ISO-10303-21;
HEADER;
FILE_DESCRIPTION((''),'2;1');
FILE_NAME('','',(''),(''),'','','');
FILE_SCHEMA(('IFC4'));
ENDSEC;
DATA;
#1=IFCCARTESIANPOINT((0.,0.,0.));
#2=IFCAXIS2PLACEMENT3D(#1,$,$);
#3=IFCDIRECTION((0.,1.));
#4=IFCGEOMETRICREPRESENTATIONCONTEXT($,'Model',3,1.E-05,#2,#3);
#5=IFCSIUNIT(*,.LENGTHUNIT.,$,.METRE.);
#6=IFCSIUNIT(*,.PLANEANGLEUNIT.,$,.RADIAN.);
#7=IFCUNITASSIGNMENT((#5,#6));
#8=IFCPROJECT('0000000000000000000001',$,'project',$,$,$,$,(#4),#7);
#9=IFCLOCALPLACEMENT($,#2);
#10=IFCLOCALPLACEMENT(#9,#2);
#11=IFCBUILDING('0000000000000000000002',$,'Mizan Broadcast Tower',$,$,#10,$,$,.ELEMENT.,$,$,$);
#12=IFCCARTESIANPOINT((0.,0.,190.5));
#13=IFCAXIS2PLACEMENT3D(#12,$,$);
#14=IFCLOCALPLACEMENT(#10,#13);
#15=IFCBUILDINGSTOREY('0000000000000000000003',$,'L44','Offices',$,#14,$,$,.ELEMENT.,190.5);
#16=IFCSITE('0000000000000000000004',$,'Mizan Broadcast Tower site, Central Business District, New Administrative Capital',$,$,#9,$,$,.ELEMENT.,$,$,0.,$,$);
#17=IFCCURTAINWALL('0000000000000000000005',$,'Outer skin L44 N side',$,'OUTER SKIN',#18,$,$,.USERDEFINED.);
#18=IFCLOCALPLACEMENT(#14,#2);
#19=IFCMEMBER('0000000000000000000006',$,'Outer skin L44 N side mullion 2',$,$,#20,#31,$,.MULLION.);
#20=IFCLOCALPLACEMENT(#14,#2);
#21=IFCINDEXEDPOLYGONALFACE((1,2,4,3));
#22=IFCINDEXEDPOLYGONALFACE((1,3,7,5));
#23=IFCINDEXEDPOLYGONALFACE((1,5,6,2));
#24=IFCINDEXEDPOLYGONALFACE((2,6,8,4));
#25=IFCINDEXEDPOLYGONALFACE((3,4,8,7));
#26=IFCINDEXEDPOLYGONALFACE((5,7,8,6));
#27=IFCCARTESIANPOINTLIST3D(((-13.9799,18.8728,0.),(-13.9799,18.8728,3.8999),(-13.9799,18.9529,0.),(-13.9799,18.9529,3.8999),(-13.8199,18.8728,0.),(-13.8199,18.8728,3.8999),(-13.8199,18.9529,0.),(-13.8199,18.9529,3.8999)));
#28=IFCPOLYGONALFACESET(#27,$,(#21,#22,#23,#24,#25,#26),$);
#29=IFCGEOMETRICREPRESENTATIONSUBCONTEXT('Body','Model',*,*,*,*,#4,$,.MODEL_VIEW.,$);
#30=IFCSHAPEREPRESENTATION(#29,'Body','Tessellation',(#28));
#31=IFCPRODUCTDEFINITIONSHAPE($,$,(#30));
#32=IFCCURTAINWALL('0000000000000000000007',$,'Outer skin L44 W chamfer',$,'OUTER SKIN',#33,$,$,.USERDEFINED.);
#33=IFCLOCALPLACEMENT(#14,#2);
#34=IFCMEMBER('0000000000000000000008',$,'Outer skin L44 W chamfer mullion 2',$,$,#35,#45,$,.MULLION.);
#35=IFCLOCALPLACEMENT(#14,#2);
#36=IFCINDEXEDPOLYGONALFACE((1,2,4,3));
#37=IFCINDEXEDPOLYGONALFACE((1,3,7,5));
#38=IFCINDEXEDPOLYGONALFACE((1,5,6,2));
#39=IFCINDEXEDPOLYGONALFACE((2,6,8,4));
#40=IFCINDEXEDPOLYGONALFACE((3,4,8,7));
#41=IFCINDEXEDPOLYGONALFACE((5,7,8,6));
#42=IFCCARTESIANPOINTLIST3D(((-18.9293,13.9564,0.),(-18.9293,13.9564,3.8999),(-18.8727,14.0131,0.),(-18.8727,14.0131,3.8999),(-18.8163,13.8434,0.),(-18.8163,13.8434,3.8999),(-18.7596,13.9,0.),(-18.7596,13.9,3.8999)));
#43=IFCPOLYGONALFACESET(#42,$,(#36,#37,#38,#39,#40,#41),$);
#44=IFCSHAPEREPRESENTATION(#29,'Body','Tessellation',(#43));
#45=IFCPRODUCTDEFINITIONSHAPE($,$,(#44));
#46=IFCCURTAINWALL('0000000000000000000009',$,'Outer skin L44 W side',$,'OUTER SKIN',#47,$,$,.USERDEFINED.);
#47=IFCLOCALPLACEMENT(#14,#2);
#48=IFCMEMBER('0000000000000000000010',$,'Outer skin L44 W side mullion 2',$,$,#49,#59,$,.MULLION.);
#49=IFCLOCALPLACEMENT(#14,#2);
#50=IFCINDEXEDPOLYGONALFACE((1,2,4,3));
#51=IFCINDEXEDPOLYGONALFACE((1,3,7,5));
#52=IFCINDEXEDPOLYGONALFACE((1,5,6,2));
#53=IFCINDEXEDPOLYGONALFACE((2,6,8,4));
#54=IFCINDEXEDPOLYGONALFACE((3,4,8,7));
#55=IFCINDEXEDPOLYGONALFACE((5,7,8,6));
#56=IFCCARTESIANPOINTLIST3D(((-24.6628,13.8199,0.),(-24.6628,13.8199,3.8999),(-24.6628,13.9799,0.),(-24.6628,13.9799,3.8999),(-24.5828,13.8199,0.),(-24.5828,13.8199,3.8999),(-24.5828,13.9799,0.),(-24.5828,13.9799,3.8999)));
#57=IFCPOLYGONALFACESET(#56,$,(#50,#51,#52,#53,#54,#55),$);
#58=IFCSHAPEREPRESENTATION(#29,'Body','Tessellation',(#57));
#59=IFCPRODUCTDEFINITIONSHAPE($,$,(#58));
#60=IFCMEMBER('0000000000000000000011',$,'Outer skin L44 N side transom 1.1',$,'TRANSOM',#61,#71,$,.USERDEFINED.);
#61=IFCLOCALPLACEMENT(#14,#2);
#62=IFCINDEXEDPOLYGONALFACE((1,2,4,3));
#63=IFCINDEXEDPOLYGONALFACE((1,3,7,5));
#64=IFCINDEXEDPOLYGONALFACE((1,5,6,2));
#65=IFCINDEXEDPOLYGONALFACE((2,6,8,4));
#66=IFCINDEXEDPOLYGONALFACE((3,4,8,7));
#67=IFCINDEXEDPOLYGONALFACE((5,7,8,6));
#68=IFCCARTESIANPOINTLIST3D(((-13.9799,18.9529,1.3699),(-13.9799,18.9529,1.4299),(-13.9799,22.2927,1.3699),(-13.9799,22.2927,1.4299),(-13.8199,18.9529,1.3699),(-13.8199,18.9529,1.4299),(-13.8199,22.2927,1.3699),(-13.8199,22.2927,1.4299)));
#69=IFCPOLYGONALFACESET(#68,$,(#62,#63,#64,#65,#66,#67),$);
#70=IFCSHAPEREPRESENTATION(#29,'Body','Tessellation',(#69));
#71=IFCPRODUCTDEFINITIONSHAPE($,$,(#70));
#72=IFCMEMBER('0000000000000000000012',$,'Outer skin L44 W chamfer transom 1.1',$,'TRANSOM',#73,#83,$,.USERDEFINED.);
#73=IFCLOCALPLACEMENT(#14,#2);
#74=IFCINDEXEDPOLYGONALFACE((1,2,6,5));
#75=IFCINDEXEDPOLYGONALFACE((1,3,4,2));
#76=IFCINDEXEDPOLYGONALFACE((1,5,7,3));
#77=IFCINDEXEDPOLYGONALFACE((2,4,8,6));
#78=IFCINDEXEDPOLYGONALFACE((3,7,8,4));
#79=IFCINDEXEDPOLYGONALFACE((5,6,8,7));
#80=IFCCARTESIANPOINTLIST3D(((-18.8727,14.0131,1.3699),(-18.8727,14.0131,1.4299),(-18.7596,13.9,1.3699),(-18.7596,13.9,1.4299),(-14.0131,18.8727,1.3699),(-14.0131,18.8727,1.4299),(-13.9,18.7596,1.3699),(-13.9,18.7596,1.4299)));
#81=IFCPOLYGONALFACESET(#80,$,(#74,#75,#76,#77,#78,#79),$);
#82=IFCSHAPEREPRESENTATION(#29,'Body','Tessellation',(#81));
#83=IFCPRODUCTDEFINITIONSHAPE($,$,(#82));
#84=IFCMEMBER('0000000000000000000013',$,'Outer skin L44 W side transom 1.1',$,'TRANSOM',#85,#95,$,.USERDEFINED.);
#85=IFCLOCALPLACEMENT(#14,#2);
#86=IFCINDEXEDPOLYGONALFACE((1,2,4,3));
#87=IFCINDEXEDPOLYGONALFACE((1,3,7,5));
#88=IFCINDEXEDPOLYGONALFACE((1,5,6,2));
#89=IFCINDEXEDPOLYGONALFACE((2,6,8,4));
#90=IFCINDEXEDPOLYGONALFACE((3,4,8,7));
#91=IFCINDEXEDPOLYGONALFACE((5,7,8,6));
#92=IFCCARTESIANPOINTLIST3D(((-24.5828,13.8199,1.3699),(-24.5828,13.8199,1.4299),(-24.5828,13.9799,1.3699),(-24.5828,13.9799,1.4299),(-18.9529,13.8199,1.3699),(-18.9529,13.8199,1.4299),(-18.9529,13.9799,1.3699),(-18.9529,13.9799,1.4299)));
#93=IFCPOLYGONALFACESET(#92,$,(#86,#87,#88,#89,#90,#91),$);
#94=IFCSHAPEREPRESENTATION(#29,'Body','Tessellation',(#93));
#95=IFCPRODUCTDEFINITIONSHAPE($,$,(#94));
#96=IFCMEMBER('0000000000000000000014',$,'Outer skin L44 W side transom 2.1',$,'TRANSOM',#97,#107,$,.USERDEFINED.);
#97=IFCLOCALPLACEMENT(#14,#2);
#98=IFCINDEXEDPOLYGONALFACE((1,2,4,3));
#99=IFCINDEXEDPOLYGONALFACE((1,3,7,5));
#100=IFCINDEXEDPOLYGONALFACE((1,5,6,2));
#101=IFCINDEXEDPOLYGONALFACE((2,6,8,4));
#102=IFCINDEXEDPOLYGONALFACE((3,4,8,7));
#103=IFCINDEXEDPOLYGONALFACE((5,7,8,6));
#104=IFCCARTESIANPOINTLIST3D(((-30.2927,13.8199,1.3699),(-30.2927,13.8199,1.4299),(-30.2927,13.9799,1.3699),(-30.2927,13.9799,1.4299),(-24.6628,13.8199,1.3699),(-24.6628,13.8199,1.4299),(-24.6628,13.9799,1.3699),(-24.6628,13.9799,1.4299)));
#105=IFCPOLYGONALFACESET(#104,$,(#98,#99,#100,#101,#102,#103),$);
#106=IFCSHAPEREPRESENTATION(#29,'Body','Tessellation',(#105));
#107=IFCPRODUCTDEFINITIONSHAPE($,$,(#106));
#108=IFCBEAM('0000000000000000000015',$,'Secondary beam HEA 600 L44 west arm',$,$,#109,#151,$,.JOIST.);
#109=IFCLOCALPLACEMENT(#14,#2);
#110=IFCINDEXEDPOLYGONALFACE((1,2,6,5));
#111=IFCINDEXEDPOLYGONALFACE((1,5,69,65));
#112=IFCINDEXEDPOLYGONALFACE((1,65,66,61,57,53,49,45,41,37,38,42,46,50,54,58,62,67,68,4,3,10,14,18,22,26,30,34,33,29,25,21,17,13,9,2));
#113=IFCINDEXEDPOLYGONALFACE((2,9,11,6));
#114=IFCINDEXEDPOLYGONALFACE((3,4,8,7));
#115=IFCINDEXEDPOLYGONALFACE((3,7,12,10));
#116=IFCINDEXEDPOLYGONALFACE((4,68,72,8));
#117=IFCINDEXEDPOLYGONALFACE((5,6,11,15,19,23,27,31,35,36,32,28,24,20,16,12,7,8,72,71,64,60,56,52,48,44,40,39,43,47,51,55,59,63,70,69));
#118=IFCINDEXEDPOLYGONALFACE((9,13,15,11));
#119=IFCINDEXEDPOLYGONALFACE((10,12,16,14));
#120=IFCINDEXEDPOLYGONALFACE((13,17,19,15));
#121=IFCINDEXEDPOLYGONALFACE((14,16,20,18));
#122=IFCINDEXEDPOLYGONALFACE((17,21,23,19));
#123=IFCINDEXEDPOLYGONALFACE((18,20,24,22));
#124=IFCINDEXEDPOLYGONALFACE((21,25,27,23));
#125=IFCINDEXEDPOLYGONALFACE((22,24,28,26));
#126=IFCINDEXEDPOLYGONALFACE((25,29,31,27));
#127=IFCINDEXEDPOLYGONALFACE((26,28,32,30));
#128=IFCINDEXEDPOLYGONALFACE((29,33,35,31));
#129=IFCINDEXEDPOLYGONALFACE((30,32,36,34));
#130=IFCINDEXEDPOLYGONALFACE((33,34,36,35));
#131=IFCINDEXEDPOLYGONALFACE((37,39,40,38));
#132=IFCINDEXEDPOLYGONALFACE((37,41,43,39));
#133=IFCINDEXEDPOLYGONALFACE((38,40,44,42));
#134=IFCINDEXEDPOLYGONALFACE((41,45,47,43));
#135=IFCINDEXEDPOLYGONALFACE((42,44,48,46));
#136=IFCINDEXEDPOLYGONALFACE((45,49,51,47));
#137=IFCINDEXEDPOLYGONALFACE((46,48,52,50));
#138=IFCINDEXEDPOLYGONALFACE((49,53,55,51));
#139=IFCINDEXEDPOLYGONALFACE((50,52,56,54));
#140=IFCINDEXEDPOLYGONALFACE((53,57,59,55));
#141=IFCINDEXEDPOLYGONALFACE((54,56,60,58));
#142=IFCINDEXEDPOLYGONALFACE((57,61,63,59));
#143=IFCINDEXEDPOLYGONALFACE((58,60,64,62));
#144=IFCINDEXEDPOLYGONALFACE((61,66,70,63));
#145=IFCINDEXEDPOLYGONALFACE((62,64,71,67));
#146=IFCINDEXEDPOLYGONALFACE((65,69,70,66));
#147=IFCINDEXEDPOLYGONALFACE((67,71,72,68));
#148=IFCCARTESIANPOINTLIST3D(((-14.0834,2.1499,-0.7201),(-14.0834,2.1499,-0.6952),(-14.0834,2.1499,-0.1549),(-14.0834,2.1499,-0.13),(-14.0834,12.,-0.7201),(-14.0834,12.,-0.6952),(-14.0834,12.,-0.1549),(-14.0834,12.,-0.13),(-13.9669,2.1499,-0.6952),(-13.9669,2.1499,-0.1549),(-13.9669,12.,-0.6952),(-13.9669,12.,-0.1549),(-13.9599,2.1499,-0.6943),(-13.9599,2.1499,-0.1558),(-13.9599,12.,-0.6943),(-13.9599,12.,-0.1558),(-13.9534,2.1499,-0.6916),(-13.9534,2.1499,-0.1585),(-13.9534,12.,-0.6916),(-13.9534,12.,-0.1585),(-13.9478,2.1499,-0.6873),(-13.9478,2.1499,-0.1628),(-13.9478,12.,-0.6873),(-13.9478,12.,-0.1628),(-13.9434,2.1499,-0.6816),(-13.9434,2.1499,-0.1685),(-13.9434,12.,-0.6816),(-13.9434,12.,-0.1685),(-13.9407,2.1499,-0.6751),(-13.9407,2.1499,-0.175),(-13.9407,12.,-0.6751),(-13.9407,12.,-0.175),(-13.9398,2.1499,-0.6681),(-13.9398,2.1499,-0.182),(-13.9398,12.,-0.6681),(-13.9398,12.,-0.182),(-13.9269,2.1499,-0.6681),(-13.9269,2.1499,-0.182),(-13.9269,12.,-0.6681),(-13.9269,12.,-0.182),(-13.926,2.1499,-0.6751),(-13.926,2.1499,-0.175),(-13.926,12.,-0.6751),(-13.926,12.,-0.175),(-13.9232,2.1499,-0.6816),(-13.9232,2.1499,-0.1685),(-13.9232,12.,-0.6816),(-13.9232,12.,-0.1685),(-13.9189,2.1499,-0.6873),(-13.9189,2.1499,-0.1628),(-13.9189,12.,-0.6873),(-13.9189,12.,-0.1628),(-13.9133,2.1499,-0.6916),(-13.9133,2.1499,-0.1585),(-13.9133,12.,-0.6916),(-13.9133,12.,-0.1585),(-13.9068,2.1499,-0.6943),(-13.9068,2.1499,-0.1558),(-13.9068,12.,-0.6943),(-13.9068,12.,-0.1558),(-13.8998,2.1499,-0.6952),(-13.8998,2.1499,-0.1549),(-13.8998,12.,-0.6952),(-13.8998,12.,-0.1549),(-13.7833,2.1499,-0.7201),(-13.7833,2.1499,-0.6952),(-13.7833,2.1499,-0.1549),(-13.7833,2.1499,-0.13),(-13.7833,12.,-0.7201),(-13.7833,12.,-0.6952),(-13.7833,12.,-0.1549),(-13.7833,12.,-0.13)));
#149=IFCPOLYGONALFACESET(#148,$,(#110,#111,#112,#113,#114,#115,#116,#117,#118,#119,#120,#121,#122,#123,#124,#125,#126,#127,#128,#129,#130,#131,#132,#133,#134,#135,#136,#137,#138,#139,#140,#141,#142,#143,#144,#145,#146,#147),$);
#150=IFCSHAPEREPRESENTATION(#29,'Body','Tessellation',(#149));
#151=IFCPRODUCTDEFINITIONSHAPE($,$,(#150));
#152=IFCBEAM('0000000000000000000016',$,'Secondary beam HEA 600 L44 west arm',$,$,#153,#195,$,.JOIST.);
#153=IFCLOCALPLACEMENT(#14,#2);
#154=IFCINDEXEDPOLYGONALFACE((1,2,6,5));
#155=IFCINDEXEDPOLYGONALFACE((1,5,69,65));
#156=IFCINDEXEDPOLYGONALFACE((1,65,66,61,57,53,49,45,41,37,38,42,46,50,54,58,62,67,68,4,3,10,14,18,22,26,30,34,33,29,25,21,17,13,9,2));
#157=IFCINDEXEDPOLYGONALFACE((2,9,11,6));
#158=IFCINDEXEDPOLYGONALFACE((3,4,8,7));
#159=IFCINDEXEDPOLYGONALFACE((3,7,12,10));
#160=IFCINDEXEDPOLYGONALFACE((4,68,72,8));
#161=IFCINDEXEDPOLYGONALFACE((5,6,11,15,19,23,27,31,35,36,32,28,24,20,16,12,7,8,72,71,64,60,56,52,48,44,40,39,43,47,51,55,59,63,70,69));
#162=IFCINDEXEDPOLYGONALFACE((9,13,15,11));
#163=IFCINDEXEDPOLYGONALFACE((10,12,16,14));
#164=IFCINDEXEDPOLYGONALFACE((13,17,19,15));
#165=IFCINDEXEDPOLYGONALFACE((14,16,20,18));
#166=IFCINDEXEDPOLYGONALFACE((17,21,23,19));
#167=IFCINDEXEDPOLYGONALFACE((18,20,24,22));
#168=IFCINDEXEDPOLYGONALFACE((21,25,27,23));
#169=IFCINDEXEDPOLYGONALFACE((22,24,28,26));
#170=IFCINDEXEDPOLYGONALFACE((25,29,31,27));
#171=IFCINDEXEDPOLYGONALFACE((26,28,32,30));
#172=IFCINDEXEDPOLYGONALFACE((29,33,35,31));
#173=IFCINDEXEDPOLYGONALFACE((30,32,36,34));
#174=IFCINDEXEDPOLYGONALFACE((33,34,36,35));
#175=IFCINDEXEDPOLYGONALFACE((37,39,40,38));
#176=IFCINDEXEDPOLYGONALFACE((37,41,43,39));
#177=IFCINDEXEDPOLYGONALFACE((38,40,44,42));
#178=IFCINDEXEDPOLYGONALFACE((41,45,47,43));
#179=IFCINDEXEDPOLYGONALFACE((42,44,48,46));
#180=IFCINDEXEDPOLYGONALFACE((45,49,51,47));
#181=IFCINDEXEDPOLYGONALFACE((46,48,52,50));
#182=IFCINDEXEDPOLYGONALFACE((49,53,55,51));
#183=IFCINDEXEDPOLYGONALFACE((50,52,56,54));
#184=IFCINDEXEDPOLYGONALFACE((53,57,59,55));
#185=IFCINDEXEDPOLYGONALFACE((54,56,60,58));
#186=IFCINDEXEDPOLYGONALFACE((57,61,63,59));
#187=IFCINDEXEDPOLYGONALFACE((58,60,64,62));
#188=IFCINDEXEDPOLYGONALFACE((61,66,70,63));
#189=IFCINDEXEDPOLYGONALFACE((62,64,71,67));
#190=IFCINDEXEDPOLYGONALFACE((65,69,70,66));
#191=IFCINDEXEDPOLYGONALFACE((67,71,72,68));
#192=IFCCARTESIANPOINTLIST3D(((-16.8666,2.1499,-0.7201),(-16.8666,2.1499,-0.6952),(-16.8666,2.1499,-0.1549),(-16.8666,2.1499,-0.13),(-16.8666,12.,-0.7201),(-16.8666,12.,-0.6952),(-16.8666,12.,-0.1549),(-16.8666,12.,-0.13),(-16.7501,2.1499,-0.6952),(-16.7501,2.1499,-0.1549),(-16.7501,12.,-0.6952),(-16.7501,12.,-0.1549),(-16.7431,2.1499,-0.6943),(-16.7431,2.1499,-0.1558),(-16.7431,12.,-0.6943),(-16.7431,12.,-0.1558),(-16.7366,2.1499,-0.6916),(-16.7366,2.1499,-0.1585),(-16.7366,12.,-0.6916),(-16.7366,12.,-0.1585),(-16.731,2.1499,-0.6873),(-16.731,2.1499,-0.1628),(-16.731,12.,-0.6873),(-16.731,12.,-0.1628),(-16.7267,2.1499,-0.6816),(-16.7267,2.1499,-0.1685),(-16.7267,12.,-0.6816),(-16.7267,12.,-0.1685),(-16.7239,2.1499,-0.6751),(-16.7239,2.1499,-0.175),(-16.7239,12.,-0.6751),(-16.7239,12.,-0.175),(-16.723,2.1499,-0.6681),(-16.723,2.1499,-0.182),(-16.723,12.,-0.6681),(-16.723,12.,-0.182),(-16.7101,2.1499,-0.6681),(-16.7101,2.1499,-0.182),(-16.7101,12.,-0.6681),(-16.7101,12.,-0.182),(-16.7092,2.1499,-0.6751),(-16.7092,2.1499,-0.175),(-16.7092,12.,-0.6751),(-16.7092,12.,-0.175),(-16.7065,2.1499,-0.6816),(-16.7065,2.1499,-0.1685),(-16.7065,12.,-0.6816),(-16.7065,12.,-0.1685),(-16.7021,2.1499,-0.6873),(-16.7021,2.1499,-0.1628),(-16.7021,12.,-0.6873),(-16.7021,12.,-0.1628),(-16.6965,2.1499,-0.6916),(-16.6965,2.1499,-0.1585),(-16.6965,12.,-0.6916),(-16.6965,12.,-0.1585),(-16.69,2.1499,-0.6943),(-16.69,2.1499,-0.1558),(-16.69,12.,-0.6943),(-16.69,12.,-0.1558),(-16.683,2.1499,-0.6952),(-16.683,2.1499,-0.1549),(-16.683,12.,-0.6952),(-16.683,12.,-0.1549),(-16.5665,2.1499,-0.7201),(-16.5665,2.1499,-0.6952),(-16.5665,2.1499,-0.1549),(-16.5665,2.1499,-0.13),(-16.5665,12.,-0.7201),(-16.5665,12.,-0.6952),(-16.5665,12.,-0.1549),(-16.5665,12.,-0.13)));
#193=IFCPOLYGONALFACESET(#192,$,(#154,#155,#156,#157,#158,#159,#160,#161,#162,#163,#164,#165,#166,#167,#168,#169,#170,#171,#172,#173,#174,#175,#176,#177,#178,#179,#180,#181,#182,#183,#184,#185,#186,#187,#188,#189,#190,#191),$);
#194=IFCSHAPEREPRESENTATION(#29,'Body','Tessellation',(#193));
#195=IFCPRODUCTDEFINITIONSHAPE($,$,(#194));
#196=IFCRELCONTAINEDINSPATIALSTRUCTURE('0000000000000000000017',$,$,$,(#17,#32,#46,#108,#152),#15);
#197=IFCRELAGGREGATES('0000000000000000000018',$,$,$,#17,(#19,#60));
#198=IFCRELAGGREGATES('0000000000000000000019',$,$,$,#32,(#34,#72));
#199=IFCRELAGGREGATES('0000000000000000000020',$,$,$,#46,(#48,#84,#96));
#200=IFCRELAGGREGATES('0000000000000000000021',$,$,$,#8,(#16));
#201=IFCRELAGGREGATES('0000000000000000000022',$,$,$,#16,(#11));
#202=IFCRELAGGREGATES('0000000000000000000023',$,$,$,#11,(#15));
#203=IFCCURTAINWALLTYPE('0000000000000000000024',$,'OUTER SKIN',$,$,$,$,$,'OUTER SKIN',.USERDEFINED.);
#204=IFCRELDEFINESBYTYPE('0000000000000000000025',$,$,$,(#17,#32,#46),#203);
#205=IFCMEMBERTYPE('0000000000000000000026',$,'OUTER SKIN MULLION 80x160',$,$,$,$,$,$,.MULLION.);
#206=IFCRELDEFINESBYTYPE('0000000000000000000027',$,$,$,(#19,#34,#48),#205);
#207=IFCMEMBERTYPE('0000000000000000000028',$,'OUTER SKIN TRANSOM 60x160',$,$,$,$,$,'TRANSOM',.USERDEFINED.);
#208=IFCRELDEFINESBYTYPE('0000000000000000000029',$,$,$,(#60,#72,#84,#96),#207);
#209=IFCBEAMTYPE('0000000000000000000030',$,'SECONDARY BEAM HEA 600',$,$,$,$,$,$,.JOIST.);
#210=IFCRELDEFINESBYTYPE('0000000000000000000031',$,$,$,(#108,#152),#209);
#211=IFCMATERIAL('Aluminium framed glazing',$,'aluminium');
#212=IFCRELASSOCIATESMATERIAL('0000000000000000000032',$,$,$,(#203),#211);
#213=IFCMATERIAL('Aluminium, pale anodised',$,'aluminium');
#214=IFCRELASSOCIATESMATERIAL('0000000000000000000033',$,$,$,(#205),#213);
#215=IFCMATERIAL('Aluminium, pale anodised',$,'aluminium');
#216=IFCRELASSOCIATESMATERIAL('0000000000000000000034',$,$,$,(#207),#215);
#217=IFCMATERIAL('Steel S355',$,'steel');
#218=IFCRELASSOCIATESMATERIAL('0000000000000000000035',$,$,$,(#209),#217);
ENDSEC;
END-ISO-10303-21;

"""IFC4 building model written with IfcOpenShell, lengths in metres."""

from ifc_helpers import new_model, si_unit, direction, frame, origin, origin_2d, place, context, subcontext, project, spatial, rectangle, i_section, extrude, material, material_profile, profile_set, type_object, element, aggregate, save


model = new_model("IFC4")

# Units and contexts
model_context = context("Model", 3, precision=1e-05, world=origin(), true_north=direction((0.0, 1.0)))
body_context = subcontext(model_context, "Body", "Model", "MODEL_VIEW")
ifc_project = project(units=[si_unit("LENGTHUNIT", "METRE"), si_unit("PLANEANGLEUNIT", "RADIAN")], contexts=[model_context])

# Site, building, storey
site_placement = place(None, origin())
site = spatial("IfcSite", under=ifc_project, at=site_placement, Name="Mizan Broadcast Tower site, Central Business District, New Administrative Capital", CompositionType="ELEMENT", RefElevation=0.0)
building_placement = place(site_placement, origin())
building = spatial("IfcBuilding", under=site, at=building_placement, Name="Mizan Broadcast Tower", CompositionType="ELEMENT")
storey_placement = place(building_placement, frame((0.0, 0.0, 190.5)))
storey = spatial("IfcBuildingStorey", under=building, at=storey_placement, Name="L44", Description="Offices", CompositionType="ELEMENT", Elevation=190.5)

# Curtain walls, members
ifc_material_1 = material(Name="Aluminium framed glazing", Category="aluminium")
curtain_wall_type_1 = type_object("IfcCurtainWallType", Name="OUTER SKIN", ElementType="OUTER SKIN", PredefinedType="USERDEFINED", material=ifc_material_1)
ifc_material_2 = material(Name="Aluminium, pale anodised", Category="aluminium")
ifc_material_profile_1 = material_profile(ifc_material_2, rectangle(XDim=0.1599, YDim=0.0801, at=origin_2d()), Name="MULLION 160x80")
ifc_profile_set_1 = profile_set([ifc_material_profile_1], Name="Aluminium, pale anodised")
member_type_1 = type_object("IfcMemberType", Name="OUTER SKIN MULLION 80x160", PredefinedType="MULLION", material=ifc_profile_set_1)
curtain_wall_1_placement = place(storey_placement, origin())
curtain_wall_1 = element("IfcCurtainWall", 1, at=curtain_wall_1_placement, inside=storey, type_object=curtain_wall_type_1, Name="Outer skin L44 N side", ObjectType="OUTER SKIN", PredefinedType="USERDEFINED")
member_1_placement = place(storey_placement, frame((-13.8999, 18.9128, 0.0), z_axis=(0.0, 0.0, 1.0), x_axis=(1.0, 0.0, 0.0)))
member_1 = element("IfcMember", 2, at=member_1_placement, type_object=member_type_1, Name="Outer skin L44 N side mullion 2", PredefinedType="MULLION", context=body_context, shape_type="SweptSolid", body=[
    extrude(rectangle(XDim=0.1599, YDim=0.0801, at=origin_2d()), origin(), (0.0, 0.0, 1.0), 3.8999),
])
curtain_wall_2_placement = place(storey_placement, origin())
curtain_wall_2 = element("IfcCurtainWall", 3, at=curtain_wall_2_placement, inside=storey, type_object=curtain_wall_type_1, Name="Outer skin L44 W chamfer", ObjectType="OUTER SKIN", PredefinedType="USERDEFINED")
member_2_placement = place(storey_placement, frame((-18.8445, 13.9282, 0.0), z_axis=(0.0, 0.0, 1.0), x_axis=(0.707107, -0.707107, 0.0)))
member_2 = element("IfcMember", 4, at=member_2_placement, type_object=member_type_1, Name="Outer skin L44 W chamfer mullion 2", PredefinedType="MULLION", context=body_context, shape_type="SweptSolid", body=[
    extrude(rectangle(XDim=0.1599, YDim=0.0801, at=origin_2d()), origin(), (0.0, 0.0, 1.0), 3.8999),
])
curtain_wall_3_placement = place(storey_placement, origin())
curtain_wall_3 = element("IfcCurtainWall", 5, at=curtain_wall_3_placement, inside=storey, type_object=curtain_wall_type_1, Name="Outer skin L44 W side", ObjectType="OUTER SKIN", PredefinedType="USERDEFINED")
member_3_placement = place(storey_placement, frame((-24.6228, 13.8999, 0.0), z_axis=(0.0, 0.0, 1.0), x_axis=(0.0, -1.0, 0.0)))
member_3 = element("IfcMember", 6, at=member_3_placement, type_object=member_type_1, Name="Outer skin L44 W side mullion 2", PredefinedType="MULLION", context=body_context, shape_type="SweptSolid", body=[
    extrude(rectangle(XDim=0.1599, YDim=0.0801, at=origin_2d()), origin(), (0.0, 0.0, 1.0), 3.8999),
])

# Members
ifc_material_3 = material(Name="Aluminium, pale anodised", Category="aluminium")
ifc_material_profile_2 = material_profile(ifc_material_3, rectangle(XDim=0.1599, YDim=0.0601, at=origin_2d()), Name="TRANSOM 160x60")
ifc_profile_set_2 = profile_set([ifc_material_profile_2], Name="Aluminium, pale anodised")
member_type_2 = type_object("IfcMemberType", Name="OUTER SKIN TRANSOM 60x160", ElementType="TRANSOM", PredefinedType="USERDEFINED", material=ifc_profile_set_2)
member_4_placement = place(storey_placement, frame((-13.8999, 22.2927, 1.3999), z_axis=(0.0, -1.0, 0.0), x_axis=(1.0, 0.0, 0.0)))
member_4 = element("IfcMember", 7, at=member_4_placement, type_object=member_type_2, Name="Outer skin L44 N side transom 1.1", ObjectType="TRANSOM", PredefinedType="USERDEFINED", context=body_context, shape_type="SweptSolid", body=[
    extrude(rectangle(XDim=0.1599, YDim=0.0601, at=origin_2d()), origin(), (0.0, 0.0, 1.0), 3.3398),
])
member_5_placement = place(storey_placement, frame((-13.9565, 18.8162, 1.3999), z_axis=(-0.707107, -0.707107, 0.0), x_axis=(0.707107, -0.707107, 0.0)))
member_5 = element("IfcMember", 8, at=member_5_placement, type_object=member_type_2, Name="Outer skin L44 W chamfer transom 1.1", ObjectType="TRANSOM", PredefinedType="USERDEFINED", context=body_context, shape_type="SweptSolid", body=[
    extrude(rectangle(XDim=0.1599, YDim=0.0601, at=origin_2d()), origin(), (0.0, 0.0, 1.0), 6.8726),
])
member_6_placement = place(storey_placement, frame((-18.9529, 13.8999, 1.3999), z_axis=(-1.0, 0.0, 0.0), x_axis=(0.0, -1.0, 0.0)))
member_6 = element("IfcMember", 9, at=member_6_placement, type_object=member_type_2, Name="Outer skin L44 W side transom 1.1", ObjectType="TRANSOM", PredefinedType="USERDEFINED", context=body_context, shape_type="SweptSolid", body=[
    extrude(rectangle(XDim=0.1599, YDim=0.0601, at=origin_2d()), origin(), (0.0, 0.0, 1.0), 5.6299),
])
member_7_placement = place(storey_placement, frame((-24.6628, 13.8999, 1.3999), z_axis=(-1.0, 0.0, 0.0), x_axis=(0.0, -1.0, 0.0)))
member_7 = element("IfcMember", 10, at=member_7_placement, type_object=member_type_2, Name="Outer skin L44 W side transom 2.1", ObjectType="TRANSOM", PredefinedType="USERDEFINED", context=body_context, shape_type="SweptSolid", body=[
    extrude(rectangle(XDim=0.1599, YDim=0.0601, at=origin_2d()), origin(), (0.0, 0.0, 1.0), 5.6299),
])

# Beams
ifc_material_4 = material(Name="Steel S355", Category="steel")
ifc_material_profile_3 = material_profile(ifc_material_4, i_section(OverallWidth=0.3, OverallDepth=0.5901, WebThickness=0.0129, FlangeThickness=0.0249, FilletRadius=0.0271, at=origin_2d()), Name="HEA 600")
ifc_profile_set_3 = profile_set([ifc_material_profile_3], Name="Steel S355")
beam_type_1 = type_object("IfcBeamType", Name="SECONDARY BEAM HEA 600", PredefinedType="JOIST", material=ifc_profile_set_3)
for number, where, z_axis, x_axis, name in (
    (11, (-13.9333, 12.0, -0.425), (0.0, -1.0, 0.0), (1.0, 0.0, 0.0), "Secondary beam HEA 600 L44 west arm"),
    (12, (-16.7166, 12.0, -0.425), (0.0, -1.0, 0.0), (1.0, 0.0, 0.0), "Secondary beam HEA 600 L44 west arm"),
):
    element("IfcBeam", number, at=place(storey_placement, frame(where, z_axis=z_axis, x_axis=x_axis)), inside=storey, type_object=beam_type_1, Name=name, PredefinedType="JOIST", context=body_context, shape_type="SweptSolid", body=[
        extrude(i_section(OverallWidth=0.3, OverallDepth=0.5901, WebThickness=0.0129, FlangeThickness=0.0249, FilletRadius=0.0271, at=origin_2d()), origin(), (0.0, 0.0, 1.0), 9.8501),
    ])

aggregate(curtain_wall_1, [member_1, member_4])
aggregate(curtain_wall_2, [member_2, member_5])
aggregate(curtain_wall_3, [member_3, member_6, member_7])

save(model, "model.ifc")
